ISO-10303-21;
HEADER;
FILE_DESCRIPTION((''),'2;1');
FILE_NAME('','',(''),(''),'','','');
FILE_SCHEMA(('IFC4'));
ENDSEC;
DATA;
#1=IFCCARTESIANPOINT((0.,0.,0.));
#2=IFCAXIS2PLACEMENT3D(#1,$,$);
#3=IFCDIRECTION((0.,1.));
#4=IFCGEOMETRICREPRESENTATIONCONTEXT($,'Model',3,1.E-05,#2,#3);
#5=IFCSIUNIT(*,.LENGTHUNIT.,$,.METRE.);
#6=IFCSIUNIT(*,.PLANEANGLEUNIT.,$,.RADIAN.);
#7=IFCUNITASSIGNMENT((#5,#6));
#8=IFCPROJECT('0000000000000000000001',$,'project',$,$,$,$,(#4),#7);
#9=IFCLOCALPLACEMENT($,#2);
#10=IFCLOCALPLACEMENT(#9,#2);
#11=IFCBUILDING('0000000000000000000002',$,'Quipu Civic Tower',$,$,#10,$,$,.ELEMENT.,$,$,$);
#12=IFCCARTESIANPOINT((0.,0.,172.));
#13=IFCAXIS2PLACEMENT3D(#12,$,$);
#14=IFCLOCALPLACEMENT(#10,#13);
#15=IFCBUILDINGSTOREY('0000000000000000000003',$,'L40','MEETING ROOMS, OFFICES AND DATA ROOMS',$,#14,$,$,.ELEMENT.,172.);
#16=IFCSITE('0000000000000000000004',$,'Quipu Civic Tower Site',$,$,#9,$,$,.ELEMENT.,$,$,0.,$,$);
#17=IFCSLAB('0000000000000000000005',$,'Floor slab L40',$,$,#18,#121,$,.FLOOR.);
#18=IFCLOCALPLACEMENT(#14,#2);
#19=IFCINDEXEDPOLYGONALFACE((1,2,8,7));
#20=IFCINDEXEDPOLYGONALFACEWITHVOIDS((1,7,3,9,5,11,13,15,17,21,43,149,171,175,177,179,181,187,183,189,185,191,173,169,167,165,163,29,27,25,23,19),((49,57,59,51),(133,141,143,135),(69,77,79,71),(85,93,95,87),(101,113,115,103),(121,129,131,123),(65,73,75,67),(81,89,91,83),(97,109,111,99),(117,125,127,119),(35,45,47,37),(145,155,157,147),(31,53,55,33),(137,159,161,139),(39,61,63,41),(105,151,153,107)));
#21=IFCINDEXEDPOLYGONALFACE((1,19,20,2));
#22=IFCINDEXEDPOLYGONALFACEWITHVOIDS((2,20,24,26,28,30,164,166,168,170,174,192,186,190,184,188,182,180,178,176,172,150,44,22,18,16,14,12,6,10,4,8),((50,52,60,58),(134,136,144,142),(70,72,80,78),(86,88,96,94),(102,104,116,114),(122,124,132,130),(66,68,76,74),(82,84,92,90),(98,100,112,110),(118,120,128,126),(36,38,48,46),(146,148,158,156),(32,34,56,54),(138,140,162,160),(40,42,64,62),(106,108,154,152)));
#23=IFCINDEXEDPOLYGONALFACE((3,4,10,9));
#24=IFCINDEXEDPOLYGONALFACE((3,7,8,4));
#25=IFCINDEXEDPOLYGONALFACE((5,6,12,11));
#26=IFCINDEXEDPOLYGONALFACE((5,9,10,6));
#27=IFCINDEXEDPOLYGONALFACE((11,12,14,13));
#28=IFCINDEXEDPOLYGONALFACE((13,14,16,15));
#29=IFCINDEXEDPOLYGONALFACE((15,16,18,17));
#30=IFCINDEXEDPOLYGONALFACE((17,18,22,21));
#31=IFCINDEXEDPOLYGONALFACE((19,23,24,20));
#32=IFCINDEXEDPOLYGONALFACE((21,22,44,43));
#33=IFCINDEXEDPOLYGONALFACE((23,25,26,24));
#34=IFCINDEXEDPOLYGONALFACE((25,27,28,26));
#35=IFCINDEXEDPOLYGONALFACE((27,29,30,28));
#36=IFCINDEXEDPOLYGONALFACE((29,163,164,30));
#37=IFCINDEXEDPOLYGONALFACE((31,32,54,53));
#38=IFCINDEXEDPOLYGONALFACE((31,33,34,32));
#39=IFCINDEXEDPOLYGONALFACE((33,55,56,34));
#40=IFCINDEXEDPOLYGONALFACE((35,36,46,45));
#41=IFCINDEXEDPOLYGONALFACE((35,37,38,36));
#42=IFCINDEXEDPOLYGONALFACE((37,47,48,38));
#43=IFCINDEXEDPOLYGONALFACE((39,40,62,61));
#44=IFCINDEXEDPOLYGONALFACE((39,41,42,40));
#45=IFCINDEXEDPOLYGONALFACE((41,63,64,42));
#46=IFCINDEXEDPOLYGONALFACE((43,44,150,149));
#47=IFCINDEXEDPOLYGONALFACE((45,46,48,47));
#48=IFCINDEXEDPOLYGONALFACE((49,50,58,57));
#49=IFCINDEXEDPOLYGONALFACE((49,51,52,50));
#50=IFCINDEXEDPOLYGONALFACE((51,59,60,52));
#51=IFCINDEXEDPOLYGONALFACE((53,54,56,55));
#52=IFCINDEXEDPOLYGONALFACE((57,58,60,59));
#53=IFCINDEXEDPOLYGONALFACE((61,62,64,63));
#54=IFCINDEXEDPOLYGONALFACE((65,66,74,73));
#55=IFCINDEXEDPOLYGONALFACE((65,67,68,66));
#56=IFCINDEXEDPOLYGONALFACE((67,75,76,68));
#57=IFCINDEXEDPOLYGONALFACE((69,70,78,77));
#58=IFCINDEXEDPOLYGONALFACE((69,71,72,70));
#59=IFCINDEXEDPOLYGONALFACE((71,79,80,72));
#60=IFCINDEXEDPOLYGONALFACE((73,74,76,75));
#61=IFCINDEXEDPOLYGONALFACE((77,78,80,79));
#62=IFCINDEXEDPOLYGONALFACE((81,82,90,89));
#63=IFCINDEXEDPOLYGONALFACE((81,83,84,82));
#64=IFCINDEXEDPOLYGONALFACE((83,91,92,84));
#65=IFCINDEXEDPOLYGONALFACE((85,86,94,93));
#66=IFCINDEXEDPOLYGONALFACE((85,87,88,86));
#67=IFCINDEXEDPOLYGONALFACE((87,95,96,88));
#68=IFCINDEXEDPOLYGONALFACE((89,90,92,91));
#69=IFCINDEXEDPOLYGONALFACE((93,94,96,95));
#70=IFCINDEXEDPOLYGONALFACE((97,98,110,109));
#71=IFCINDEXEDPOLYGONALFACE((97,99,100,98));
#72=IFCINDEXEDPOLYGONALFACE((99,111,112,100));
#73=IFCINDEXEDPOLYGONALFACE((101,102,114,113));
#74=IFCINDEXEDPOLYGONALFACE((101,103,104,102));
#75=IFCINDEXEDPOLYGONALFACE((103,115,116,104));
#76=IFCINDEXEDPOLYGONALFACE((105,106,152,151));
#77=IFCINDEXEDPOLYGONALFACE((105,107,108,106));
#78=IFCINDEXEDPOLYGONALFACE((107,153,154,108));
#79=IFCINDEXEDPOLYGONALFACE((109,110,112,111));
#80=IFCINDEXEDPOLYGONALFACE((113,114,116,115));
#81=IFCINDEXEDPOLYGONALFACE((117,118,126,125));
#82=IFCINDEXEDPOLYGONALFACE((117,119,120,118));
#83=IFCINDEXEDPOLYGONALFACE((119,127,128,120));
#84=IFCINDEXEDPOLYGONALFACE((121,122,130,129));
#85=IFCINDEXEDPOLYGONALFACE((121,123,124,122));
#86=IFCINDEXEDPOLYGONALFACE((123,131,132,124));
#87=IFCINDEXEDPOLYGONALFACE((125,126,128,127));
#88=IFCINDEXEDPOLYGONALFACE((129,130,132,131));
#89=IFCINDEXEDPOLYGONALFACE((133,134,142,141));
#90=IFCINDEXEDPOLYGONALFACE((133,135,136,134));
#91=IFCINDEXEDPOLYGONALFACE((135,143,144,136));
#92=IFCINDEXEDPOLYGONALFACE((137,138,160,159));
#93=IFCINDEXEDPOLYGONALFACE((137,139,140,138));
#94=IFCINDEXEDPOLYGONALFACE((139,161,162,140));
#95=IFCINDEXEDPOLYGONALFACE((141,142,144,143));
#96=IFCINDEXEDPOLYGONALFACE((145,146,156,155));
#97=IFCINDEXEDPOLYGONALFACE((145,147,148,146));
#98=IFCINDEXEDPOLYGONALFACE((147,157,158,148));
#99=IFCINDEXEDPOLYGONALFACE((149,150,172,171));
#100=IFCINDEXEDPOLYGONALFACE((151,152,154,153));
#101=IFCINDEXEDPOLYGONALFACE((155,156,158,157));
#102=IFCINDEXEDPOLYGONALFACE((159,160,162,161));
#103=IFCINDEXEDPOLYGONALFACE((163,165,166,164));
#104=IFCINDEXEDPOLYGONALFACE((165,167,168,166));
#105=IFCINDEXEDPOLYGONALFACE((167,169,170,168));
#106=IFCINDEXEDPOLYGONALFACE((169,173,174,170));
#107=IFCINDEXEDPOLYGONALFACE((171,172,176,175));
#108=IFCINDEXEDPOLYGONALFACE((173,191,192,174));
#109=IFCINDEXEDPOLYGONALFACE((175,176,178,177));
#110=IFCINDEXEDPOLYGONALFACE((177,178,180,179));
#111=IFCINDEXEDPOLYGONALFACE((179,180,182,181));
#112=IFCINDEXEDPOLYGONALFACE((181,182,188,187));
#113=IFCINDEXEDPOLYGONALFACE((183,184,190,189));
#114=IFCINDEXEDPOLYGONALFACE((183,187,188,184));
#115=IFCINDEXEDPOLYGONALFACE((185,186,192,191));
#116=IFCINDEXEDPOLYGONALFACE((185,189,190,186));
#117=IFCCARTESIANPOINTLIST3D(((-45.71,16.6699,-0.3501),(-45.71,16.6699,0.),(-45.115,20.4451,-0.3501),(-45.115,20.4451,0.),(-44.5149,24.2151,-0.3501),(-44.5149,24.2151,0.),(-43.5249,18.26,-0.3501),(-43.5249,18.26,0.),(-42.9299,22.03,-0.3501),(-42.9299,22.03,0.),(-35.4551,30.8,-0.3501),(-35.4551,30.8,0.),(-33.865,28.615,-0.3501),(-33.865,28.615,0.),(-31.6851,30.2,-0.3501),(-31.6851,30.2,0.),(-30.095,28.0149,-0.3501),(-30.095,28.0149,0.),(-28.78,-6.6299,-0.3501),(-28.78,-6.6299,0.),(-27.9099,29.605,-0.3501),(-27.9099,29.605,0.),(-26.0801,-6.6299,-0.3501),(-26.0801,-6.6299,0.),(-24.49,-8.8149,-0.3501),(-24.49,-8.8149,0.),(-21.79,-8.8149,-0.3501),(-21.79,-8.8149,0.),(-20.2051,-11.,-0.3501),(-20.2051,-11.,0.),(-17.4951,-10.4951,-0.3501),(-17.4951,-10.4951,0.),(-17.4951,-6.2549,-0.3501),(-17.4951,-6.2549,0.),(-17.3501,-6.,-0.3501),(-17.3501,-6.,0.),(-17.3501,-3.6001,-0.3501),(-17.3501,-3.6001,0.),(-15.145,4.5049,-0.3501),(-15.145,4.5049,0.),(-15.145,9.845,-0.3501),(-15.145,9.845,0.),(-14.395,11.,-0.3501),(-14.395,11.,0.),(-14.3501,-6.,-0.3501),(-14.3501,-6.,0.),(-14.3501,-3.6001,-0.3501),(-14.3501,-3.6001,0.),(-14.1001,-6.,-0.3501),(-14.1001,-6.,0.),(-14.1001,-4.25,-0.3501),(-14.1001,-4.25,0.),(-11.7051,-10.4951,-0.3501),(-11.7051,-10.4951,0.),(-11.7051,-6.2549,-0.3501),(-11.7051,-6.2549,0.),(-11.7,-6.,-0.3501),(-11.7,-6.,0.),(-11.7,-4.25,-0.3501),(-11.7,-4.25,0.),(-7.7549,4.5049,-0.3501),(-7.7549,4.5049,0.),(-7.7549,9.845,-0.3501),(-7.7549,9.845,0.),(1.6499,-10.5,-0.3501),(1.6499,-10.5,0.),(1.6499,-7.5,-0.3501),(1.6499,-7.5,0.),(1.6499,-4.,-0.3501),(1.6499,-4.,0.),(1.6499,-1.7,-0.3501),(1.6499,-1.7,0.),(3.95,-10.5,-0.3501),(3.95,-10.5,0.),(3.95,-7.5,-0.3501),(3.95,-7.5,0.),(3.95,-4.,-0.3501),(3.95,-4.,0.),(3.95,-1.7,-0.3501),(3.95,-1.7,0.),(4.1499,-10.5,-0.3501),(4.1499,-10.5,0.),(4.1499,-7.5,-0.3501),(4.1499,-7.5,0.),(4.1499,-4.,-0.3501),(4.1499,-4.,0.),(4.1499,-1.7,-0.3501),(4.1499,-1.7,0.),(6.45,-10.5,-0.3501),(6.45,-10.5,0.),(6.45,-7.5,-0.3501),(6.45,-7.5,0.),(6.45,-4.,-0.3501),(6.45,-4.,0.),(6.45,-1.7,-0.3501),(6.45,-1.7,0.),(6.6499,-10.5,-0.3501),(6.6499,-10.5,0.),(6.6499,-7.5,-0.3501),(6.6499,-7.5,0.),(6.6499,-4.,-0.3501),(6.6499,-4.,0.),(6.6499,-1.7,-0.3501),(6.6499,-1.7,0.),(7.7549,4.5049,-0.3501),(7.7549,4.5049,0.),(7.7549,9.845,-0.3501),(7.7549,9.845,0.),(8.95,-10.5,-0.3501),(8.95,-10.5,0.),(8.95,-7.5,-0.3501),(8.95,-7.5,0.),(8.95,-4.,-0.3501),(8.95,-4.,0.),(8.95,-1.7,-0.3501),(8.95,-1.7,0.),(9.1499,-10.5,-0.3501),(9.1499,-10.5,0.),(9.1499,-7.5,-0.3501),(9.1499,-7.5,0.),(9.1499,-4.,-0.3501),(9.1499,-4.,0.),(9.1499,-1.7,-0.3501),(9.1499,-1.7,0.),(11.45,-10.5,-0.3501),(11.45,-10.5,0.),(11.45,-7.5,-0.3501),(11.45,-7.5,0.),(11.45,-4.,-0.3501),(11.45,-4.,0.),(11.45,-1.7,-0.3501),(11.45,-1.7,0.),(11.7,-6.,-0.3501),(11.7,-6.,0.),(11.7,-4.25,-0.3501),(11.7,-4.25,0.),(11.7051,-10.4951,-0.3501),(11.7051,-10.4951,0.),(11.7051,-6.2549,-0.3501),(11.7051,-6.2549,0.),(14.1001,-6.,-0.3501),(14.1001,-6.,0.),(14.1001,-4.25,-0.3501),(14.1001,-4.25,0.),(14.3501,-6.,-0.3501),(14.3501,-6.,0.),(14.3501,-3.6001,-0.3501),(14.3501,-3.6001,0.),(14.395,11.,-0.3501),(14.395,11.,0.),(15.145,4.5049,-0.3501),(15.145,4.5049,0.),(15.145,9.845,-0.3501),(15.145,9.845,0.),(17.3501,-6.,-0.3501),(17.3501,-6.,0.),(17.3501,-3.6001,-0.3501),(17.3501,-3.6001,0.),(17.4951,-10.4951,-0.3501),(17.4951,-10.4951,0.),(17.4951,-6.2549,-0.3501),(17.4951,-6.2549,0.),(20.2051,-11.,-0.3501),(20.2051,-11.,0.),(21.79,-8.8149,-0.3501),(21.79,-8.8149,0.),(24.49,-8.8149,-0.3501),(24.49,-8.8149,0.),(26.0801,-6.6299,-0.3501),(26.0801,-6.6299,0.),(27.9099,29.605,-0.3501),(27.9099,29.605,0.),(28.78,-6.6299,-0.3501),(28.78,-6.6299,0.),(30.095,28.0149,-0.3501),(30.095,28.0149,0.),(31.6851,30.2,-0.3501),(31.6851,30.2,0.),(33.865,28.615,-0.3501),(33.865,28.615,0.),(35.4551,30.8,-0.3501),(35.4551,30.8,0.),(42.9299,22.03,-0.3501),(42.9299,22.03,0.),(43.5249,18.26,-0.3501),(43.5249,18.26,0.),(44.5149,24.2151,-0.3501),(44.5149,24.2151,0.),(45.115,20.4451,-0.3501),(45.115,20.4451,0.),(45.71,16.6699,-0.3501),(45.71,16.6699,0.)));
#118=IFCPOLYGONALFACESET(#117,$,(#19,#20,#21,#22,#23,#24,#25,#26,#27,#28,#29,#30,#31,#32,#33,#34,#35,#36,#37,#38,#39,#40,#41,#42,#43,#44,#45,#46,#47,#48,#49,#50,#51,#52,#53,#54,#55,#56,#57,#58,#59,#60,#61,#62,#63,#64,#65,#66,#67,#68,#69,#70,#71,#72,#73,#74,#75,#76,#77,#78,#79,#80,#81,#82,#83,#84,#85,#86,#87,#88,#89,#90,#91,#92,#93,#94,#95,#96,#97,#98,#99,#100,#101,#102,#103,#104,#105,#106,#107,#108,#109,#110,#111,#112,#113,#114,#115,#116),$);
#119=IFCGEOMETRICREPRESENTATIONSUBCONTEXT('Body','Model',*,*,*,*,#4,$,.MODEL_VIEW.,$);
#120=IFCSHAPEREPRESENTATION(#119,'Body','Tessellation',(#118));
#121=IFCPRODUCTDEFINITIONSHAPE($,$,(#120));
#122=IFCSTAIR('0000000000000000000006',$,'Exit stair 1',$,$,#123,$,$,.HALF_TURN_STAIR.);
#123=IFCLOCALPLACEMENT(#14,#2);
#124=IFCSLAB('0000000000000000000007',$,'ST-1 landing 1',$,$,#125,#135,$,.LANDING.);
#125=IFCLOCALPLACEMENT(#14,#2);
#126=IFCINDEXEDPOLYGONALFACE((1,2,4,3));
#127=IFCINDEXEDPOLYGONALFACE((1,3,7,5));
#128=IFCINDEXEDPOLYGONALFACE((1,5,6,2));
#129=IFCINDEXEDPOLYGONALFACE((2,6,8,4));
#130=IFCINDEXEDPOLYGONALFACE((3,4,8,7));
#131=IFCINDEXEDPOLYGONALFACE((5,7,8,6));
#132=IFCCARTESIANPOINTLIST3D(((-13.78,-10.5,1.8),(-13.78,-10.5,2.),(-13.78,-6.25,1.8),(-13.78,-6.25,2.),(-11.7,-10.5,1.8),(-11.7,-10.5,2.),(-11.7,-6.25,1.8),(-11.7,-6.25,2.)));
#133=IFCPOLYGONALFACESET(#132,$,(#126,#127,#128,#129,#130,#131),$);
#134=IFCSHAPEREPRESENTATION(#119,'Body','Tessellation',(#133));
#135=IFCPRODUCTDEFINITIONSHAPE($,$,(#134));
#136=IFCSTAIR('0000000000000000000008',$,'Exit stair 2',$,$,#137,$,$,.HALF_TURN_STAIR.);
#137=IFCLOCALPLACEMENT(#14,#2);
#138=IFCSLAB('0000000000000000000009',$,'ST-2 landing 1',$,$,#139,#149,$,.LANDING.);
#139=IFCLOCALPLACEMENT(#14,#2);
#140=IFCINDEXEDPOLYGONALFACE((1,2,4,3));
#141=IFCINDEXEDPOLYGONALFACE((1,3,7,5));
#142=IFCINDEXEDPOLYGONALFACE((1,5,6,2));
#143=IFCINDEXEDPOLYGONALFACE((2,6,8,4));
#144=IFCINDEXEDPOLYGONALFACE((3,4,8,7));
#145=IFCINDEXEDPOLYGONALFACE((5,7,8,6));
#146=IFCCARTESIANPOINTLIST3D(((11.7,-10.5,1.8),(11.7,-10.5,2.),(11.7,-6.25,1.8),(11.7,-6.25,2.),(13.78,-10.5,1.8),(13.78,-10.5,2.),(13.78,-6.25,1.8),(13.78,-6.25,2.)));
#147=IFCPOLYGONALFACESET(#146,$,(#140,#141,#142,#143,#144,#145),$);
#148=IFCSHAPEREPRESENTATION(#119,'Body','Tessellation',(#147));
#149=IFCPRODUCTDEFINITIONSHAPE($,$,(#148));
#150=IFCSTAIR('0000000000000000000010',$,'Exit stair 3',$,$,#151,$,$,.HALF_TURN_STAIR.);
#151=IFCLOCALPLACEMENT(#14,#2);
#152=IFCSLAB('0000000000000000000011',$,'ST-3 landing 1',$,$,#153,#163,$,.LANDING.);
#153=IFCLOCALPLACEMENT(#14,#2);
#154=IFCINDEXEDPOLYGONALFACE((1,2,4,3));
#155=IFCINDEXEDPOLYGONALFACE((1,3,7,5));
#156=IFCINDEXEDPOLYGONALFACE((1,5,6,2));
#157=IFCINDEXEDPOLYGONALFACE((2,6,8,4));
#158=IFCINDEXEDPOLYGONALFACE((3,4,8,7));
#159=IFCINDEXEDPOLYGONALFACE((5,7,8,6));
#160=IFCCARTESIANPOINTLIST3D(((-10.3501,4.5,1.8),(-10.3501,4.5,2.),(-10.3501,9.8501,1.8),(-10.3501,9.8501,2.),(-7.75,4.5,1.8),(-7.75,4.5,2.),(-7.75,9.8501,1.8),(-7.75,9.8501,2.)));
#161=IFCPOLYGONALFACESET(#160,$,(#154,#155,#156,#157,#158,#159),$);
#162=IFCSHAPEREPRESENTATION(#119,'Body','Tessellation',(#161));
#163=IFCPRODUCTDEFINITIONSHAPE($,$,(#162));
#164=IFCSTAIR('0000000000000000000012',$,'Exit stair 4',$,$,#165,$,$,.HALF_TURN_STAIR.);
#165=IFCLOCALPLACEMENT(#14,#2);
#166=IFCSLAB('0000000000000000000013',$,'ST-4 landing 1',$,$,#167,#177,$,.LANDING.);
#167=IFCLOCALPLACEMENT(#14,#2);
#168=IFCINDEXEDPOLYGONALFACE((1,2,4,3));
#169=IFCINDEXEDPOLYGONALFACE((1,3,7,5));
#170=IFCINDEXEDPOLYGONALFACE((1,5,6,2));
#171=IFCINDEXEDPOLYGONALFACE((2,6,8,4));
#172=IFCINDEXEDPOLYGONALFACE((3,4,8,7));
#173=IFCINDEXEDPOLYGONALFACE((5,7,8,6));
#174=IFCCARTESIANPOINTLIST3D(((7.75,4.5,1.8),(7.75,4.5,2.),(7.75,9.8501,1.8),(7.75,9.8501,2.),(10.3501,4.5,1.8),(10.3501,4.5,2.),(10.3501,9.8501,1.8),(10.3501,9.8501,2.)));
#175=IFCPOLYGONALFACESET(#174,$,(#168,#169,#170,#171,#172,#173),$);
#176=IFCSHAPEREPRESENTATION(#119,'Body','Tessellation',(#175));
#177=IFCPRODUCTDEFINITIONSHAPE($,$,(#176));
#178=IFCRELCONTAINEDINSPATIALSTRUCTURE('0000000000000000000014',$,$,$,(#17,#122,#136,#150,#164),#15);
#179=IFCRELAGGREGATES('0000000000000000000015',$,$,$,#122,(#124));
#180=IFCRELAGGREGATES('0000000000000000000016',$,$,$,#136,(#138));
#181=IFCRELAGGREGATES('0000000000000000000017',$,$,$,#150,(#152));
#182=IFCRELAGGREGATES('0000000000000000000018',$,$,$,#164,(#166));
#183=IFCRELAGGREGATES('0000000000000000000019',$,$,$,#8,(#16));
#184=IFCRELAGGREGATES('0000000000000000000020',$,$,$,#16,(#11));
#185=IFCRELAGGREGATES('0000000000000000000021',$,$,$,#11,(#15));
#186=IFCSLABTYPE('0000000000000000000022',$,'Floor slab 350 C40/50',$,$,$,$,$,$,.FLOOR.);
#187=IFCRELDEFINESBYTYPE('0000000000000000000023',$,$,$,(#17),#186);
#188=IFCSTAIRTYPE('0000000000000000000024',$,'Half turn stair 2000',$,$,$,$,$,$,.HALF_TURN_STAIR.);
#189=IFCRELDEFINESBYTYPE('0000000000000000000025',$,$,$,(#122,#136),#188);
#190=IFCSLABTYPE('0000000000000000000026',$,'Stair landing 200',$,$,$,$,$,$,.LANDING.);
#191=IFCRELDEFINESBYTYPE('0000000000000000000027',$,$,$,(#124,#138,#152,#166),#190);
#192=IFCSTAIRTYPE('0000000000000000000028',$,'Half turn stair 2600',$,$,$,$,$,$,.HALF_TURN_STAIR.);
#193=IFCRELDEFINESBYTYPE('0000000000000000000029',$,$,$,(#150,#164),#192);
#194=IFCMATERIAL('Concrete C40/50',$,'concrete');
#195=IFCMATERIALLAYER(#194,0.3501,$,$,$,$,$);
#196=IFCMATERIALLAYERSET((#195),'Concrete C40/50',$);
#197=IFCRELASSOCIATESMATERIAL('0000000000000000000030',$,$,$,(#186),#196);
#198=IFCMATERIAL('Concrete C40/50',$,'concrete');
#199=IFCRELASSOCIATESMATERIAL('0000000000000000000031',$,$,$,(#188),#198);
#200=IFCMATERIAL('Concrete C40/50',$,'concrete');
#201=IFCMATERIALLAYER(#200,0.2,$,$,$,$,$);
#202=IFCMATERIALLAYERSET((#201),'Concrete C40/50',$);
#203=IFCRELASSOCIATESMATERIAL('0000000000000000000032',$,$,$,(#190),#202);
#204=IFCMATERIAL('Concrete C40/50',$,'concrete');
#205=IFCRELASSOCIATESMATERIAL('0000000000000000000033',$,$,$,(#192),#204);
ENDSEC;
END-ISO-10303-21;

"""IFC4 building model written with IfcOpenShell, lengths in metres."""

from ifc_helpers import new_model, si_unit, direction, frame, origin, place, context, subcontext, project, spatial, polyline, outline, extrude, material, layer, layer_set, type_object, element, aggregate, save


model = new_model("IFC4")

# Units and contexts
model_context = context("Model", 3, precision=1e-05, world=origin(), true_north=direction((0.0, 1.0)))
body_context = subcontext(model_context, "Body", "Model", "MODEL_VIEW")
ifc_project = project(units=[si_unit("LENGTHUNIT", "METRE"), si_unit("PLANEANGLEUNIT", "RADIAN")], contexts=[model_context])

# Site, building, storey
site_placement = place(None, origin())
site = spatial("IfcSite", under=ifc_project, at=site_placement, Name="Quipu Civic Tower Site", CompositionType="ELEMENT", RefElevation=0.0)
building_placement = place(site_placement, origin())
building = spatial("IfcBuilding", under=site, at=building_placement, Name="Quipu Civic Tower", CompositionType="ELEMENT")
storey_placement = place(building_placement, frame((0.0, 0.0, 172.0)))
storey = spatial("IfcBuildingStorey", under=building, at=storey_placement, Name="L40", Description="MEETING ROOMS, OFFICES AND DATA ROOMS", CompositionType="ELEMENT", Elevation=172.0)

# Slab
ifc_material_1 = material(Name="Concrete C40/50", Category="concrete")
ifc_layer_1 = layer(ifc_material_1, 0.3501)
ifc_layer_set_1 = layer_set([ifc_layer_1], Name="Concrete C40/50")
slab_type_1 = type_object("IfcSlabType", Name="Floor slab 350 C40/50", PredefinedType="FLOOR", material=ifc_layer_set_1)
slab_1_placement = place(storey_placement, frame((0.0, 0.0, -0.3501)))
element("IfcSlab", 1, at=slab_1_placement, inside=storey, type_object=slab_type_1, Name="Floor slab L40", PredefinedType="FLOOR", context=body_context, shape_type="SweptSolid", body=[
    extrude(outline(polyline([(27.9099, 29.605), (30.095, 28.0149), (31.6851, 30.2), (33.865, 28.615), (35.4551, 30.8), (44.5149, 24.2151), (42.9299, 22.03), (45.115, 20.4451), (43.5249, 18.26), (45.71, 16.6699), (28.78, -6.6299), (26.0801, -6.6299), (24.49, -8.8149), (21.79, -8.8149), (20.2051, -11.0), (-20.2051, -11.0), (-21.79, -8.8149), (-24.49, -8.8149), (-26.0801, -6.6299), (-28.78, -6.6299), (-45.71, 16.6699), (-43.5249, 18.26), (-45.115, 20.4451), (-42.9299, 22.03), (-44.5149, 24.2151), (-35.4551, 30.8), (-33.865, 28.615), (-31.6851, 30.2), (-30.095, 28.0149), (-27.9099, 29.605), (-14.395, 11.0), (14.395, 11.0), (27.9099, 29.605)]), holes=[polyline([(1.6499, -7.5), (1.6499, -10.5), (3.95, -10.5), (3.95, -7.5), (1.6499, -7.5)]), polyline([(4.1499, -7.5), (4.1499, -10.5), (6.45, -10.5), (6.45, -7.5), (4.1499, -7.5)]), polyline([(-11.7051, -6.2549), (-17.4951, -6.2549), (-17.4951, -10.4951), (-11.7051, -10.4951), (-11.7051, -6.2549)]), polyline([(-14.1001, -4.25), (-14.1001, -6.0), (-11.7, -6.0), (-11.7, -4.25), (-14.1001, -4.25)]), polyline([(-17.3501, -3.6001), (-17.3501, -6.0), (-14.3501, -6.0), (-14.3501, -3.6001), (-17.3501, -3.6001)]), polyline([(1.6499, -1.7), (1.6499, -4.0), (3.95, -4.0), (3.95, -1.7), (1.6499, -1.7)]), polyline([(4.1499, -1.7), (4.1499, -4.0), (6.45, -4.0), (6.45, -1.7), (4.1499, -1.7)]), polyline([(-7.7549, 9.845), (-15.145, 9.845), (-15.145, 4.5049), (-7.7549, 4.5049), (-7.7549, 9.845)]), polyline([(6.6499, -7.5), (6.6499, -10.5), (8.95, -10.5), (8.95, -7.5), (6.6499, -7.5)]), polyline([(9.1499, -7.5), (9.1499, -10.5), (11.45, -10.5), (11.45, -7.5), (9.1499, -7.5)]), polyline([(11.7051, -10.4951), (17.4951, -10.4951), (17.4951, -6.2549), (11.7051, -6.2549), (11.7051, -10.4951)]), polyline([(11.7, -4.25), (11.7, -6.0), (14.1001, -6.0), (14.1001, -4.25), (11.7, -4.25)]), polyline([(14.3501, -3.6001), (14.3501, -6.0), (17.3501, -6.0), (17.3501, -3.6001), (14.3501, -3.6001)]), polyline([(6.6499, -1.7), (6.6499, -4.0), (8.95, -4.0), (8.95, -1.7), (6.6499, -1.7)]), polyline([(9.1499, -1.7), (9.1499, -4.0), (11.45, -4.0), (11.45, -1.7), (9.1499, -1.7)]), polyline([(7.7549, 4.5049), (15.145, 4.5049), (15.145, 9.845), (7.7549, 9.845), (7.7549, 4.5049)])]), origin(), (0.0, 0.0, 1.0), 0.3501),
])

# Stairs, slabs
ifc_material_2 = material(Name="Concrete C40/50", Category="concrete")
stair_type_1 = type_object("IfcStairType", Name="Half turn stair 2000", PredefinedType="HALF_TURN_STAIR", material=ifc_material_2)
stair_1_placement = place(storey_placement, origin())
stair_1 = element("IfcStair", 2, at=stair_1_placement, inside=storey, type_object=stair_type_1, Name="Exit stair 1", PredefinedType="HALF_TURN_STAIR")
ifc_material_3 = material(Name="Concrete C40/50", Category="concrete")
ifc_layer_2 = layer(ifc_material_3, 0.2)
ifc_layer_set_2 = layer_set([ifc_layer_2], Name="Concrete C40/50")
slab_type_2 = type_object("IfcSlabType", Name="Stair landing 200", PredefinedType="LANDING", material=ifc_layer_set_2)
slab_2_placement = place(storey_placement, frame((0.0, 0.0, 1.8)))
slab_2 = element("IfcSlab", 3, at=slab_2_placement, type_object=slab_type_2, Name="ST-1 landing 1", PredefinedType="LANDING", context=body_context, shape_type="SweptSolid", body=[
    extrude(outline(polyline([(-13.78, -10.5), (-11.7, -10.5), (-11.7, -6.25), (-13.78, -6.25), (-13.78, -10.5)])), origin(), (0.0, 0.0, 1.0), 0.2),
])
aggregate(stair_1, [slab_2])
stair_2_placement = place(storey_placement, origin())
stair_2 = element("IfcStair", 4, at=stair_2_placement, inside=storey, type_object=stair_type_1, Name="Exit stair 2", PredefinedType="HALF_TURN_STAIR")
slab_3_placement = place(storey_placement, frame((0.0, 0.0, 1.8)))
slab_3 = element("IfcSlab", 5, at=slab_3_placement, type_object=slab_type_2, Name="ST-2 landing 1", PredefinedType="LANDING", context=body_context, shape_type="SweptSolid", body=[
    extrude(outline(polyline([(13.78, -6.25), (11.7, -6.25), (11.7, -10.5), (13.78, -10.5), (13.78, -6.25)])), origin(), (0.0, 0.0, 1.0), 0.2),
])
aggregate(stair_2, [slab_3])
ifc_material_4 = material(Name="Concrete C40/50", Category="concrete")
stair_type_2 = type_object("IfcStairType", Name="Half turn stair 2600", PredefinedType="HALF_TURN_STAIR", material=ifc_material_4)
stair_3_placement = place(storey_placement, origin())
stair_3 = element("IfcStair", 6, at=stair_3_placement, inside=storey, type_object=stair_type_2, Name="Exit stair 3", PredefinedType="HALF_TURN_STAIR")
slab_4_placement = place(storey_placement, frame((0.0, 0.0, 1.8)))
slab_4 = element("IfcSlab", 7, at=slab_4_placement, type_object=slab_type_2, Name="ST-3 landing 1", PredefinedType="LANDING", context=body_context, shape_type="SweptSolid", body=[
    extrude(outline(polyline([(-10.3501, 4.5), (-7.75, 4.5), (-7.75, 9.8501), (-10.3501, 9.8501), (-10.3501, 4.5)])), origin(), (0.0, 0.0, 1.0), 0.2),
])
aggregate(stair_3, [slab_4])
stair_4_placement = place(storey_placement, origin())
stair_4 = element("IfcStair", 8, at=stair_4_placement, inside=storey, type_object=stair_type_2, Name="Exit stair 4", PredefinedType="HALF_TURN_STAIR")
slab_5_placement = place(storey_placement, frame((0.0, 0.0, 1.8)))
slab_5 = element("IfcSlab", 9, at=slab_5_placement, type_object=slab_type_2, Name="ST-4 landing 1", PredefinedType="LANDING", context=body_context, shape_type="SweptSolid", body=[
    extrude(outline(polyline([(10.3501, 9.8501), (7.75, 9.8501), (7.75, 4.5), (10.3501, 4.5), (10.3501, 9.8501)])), origin(), (0.0, 0.0, 1.0), 0.2),
])
aggregate(stair_4, [slab_5])

save(model, "model.ifc")
